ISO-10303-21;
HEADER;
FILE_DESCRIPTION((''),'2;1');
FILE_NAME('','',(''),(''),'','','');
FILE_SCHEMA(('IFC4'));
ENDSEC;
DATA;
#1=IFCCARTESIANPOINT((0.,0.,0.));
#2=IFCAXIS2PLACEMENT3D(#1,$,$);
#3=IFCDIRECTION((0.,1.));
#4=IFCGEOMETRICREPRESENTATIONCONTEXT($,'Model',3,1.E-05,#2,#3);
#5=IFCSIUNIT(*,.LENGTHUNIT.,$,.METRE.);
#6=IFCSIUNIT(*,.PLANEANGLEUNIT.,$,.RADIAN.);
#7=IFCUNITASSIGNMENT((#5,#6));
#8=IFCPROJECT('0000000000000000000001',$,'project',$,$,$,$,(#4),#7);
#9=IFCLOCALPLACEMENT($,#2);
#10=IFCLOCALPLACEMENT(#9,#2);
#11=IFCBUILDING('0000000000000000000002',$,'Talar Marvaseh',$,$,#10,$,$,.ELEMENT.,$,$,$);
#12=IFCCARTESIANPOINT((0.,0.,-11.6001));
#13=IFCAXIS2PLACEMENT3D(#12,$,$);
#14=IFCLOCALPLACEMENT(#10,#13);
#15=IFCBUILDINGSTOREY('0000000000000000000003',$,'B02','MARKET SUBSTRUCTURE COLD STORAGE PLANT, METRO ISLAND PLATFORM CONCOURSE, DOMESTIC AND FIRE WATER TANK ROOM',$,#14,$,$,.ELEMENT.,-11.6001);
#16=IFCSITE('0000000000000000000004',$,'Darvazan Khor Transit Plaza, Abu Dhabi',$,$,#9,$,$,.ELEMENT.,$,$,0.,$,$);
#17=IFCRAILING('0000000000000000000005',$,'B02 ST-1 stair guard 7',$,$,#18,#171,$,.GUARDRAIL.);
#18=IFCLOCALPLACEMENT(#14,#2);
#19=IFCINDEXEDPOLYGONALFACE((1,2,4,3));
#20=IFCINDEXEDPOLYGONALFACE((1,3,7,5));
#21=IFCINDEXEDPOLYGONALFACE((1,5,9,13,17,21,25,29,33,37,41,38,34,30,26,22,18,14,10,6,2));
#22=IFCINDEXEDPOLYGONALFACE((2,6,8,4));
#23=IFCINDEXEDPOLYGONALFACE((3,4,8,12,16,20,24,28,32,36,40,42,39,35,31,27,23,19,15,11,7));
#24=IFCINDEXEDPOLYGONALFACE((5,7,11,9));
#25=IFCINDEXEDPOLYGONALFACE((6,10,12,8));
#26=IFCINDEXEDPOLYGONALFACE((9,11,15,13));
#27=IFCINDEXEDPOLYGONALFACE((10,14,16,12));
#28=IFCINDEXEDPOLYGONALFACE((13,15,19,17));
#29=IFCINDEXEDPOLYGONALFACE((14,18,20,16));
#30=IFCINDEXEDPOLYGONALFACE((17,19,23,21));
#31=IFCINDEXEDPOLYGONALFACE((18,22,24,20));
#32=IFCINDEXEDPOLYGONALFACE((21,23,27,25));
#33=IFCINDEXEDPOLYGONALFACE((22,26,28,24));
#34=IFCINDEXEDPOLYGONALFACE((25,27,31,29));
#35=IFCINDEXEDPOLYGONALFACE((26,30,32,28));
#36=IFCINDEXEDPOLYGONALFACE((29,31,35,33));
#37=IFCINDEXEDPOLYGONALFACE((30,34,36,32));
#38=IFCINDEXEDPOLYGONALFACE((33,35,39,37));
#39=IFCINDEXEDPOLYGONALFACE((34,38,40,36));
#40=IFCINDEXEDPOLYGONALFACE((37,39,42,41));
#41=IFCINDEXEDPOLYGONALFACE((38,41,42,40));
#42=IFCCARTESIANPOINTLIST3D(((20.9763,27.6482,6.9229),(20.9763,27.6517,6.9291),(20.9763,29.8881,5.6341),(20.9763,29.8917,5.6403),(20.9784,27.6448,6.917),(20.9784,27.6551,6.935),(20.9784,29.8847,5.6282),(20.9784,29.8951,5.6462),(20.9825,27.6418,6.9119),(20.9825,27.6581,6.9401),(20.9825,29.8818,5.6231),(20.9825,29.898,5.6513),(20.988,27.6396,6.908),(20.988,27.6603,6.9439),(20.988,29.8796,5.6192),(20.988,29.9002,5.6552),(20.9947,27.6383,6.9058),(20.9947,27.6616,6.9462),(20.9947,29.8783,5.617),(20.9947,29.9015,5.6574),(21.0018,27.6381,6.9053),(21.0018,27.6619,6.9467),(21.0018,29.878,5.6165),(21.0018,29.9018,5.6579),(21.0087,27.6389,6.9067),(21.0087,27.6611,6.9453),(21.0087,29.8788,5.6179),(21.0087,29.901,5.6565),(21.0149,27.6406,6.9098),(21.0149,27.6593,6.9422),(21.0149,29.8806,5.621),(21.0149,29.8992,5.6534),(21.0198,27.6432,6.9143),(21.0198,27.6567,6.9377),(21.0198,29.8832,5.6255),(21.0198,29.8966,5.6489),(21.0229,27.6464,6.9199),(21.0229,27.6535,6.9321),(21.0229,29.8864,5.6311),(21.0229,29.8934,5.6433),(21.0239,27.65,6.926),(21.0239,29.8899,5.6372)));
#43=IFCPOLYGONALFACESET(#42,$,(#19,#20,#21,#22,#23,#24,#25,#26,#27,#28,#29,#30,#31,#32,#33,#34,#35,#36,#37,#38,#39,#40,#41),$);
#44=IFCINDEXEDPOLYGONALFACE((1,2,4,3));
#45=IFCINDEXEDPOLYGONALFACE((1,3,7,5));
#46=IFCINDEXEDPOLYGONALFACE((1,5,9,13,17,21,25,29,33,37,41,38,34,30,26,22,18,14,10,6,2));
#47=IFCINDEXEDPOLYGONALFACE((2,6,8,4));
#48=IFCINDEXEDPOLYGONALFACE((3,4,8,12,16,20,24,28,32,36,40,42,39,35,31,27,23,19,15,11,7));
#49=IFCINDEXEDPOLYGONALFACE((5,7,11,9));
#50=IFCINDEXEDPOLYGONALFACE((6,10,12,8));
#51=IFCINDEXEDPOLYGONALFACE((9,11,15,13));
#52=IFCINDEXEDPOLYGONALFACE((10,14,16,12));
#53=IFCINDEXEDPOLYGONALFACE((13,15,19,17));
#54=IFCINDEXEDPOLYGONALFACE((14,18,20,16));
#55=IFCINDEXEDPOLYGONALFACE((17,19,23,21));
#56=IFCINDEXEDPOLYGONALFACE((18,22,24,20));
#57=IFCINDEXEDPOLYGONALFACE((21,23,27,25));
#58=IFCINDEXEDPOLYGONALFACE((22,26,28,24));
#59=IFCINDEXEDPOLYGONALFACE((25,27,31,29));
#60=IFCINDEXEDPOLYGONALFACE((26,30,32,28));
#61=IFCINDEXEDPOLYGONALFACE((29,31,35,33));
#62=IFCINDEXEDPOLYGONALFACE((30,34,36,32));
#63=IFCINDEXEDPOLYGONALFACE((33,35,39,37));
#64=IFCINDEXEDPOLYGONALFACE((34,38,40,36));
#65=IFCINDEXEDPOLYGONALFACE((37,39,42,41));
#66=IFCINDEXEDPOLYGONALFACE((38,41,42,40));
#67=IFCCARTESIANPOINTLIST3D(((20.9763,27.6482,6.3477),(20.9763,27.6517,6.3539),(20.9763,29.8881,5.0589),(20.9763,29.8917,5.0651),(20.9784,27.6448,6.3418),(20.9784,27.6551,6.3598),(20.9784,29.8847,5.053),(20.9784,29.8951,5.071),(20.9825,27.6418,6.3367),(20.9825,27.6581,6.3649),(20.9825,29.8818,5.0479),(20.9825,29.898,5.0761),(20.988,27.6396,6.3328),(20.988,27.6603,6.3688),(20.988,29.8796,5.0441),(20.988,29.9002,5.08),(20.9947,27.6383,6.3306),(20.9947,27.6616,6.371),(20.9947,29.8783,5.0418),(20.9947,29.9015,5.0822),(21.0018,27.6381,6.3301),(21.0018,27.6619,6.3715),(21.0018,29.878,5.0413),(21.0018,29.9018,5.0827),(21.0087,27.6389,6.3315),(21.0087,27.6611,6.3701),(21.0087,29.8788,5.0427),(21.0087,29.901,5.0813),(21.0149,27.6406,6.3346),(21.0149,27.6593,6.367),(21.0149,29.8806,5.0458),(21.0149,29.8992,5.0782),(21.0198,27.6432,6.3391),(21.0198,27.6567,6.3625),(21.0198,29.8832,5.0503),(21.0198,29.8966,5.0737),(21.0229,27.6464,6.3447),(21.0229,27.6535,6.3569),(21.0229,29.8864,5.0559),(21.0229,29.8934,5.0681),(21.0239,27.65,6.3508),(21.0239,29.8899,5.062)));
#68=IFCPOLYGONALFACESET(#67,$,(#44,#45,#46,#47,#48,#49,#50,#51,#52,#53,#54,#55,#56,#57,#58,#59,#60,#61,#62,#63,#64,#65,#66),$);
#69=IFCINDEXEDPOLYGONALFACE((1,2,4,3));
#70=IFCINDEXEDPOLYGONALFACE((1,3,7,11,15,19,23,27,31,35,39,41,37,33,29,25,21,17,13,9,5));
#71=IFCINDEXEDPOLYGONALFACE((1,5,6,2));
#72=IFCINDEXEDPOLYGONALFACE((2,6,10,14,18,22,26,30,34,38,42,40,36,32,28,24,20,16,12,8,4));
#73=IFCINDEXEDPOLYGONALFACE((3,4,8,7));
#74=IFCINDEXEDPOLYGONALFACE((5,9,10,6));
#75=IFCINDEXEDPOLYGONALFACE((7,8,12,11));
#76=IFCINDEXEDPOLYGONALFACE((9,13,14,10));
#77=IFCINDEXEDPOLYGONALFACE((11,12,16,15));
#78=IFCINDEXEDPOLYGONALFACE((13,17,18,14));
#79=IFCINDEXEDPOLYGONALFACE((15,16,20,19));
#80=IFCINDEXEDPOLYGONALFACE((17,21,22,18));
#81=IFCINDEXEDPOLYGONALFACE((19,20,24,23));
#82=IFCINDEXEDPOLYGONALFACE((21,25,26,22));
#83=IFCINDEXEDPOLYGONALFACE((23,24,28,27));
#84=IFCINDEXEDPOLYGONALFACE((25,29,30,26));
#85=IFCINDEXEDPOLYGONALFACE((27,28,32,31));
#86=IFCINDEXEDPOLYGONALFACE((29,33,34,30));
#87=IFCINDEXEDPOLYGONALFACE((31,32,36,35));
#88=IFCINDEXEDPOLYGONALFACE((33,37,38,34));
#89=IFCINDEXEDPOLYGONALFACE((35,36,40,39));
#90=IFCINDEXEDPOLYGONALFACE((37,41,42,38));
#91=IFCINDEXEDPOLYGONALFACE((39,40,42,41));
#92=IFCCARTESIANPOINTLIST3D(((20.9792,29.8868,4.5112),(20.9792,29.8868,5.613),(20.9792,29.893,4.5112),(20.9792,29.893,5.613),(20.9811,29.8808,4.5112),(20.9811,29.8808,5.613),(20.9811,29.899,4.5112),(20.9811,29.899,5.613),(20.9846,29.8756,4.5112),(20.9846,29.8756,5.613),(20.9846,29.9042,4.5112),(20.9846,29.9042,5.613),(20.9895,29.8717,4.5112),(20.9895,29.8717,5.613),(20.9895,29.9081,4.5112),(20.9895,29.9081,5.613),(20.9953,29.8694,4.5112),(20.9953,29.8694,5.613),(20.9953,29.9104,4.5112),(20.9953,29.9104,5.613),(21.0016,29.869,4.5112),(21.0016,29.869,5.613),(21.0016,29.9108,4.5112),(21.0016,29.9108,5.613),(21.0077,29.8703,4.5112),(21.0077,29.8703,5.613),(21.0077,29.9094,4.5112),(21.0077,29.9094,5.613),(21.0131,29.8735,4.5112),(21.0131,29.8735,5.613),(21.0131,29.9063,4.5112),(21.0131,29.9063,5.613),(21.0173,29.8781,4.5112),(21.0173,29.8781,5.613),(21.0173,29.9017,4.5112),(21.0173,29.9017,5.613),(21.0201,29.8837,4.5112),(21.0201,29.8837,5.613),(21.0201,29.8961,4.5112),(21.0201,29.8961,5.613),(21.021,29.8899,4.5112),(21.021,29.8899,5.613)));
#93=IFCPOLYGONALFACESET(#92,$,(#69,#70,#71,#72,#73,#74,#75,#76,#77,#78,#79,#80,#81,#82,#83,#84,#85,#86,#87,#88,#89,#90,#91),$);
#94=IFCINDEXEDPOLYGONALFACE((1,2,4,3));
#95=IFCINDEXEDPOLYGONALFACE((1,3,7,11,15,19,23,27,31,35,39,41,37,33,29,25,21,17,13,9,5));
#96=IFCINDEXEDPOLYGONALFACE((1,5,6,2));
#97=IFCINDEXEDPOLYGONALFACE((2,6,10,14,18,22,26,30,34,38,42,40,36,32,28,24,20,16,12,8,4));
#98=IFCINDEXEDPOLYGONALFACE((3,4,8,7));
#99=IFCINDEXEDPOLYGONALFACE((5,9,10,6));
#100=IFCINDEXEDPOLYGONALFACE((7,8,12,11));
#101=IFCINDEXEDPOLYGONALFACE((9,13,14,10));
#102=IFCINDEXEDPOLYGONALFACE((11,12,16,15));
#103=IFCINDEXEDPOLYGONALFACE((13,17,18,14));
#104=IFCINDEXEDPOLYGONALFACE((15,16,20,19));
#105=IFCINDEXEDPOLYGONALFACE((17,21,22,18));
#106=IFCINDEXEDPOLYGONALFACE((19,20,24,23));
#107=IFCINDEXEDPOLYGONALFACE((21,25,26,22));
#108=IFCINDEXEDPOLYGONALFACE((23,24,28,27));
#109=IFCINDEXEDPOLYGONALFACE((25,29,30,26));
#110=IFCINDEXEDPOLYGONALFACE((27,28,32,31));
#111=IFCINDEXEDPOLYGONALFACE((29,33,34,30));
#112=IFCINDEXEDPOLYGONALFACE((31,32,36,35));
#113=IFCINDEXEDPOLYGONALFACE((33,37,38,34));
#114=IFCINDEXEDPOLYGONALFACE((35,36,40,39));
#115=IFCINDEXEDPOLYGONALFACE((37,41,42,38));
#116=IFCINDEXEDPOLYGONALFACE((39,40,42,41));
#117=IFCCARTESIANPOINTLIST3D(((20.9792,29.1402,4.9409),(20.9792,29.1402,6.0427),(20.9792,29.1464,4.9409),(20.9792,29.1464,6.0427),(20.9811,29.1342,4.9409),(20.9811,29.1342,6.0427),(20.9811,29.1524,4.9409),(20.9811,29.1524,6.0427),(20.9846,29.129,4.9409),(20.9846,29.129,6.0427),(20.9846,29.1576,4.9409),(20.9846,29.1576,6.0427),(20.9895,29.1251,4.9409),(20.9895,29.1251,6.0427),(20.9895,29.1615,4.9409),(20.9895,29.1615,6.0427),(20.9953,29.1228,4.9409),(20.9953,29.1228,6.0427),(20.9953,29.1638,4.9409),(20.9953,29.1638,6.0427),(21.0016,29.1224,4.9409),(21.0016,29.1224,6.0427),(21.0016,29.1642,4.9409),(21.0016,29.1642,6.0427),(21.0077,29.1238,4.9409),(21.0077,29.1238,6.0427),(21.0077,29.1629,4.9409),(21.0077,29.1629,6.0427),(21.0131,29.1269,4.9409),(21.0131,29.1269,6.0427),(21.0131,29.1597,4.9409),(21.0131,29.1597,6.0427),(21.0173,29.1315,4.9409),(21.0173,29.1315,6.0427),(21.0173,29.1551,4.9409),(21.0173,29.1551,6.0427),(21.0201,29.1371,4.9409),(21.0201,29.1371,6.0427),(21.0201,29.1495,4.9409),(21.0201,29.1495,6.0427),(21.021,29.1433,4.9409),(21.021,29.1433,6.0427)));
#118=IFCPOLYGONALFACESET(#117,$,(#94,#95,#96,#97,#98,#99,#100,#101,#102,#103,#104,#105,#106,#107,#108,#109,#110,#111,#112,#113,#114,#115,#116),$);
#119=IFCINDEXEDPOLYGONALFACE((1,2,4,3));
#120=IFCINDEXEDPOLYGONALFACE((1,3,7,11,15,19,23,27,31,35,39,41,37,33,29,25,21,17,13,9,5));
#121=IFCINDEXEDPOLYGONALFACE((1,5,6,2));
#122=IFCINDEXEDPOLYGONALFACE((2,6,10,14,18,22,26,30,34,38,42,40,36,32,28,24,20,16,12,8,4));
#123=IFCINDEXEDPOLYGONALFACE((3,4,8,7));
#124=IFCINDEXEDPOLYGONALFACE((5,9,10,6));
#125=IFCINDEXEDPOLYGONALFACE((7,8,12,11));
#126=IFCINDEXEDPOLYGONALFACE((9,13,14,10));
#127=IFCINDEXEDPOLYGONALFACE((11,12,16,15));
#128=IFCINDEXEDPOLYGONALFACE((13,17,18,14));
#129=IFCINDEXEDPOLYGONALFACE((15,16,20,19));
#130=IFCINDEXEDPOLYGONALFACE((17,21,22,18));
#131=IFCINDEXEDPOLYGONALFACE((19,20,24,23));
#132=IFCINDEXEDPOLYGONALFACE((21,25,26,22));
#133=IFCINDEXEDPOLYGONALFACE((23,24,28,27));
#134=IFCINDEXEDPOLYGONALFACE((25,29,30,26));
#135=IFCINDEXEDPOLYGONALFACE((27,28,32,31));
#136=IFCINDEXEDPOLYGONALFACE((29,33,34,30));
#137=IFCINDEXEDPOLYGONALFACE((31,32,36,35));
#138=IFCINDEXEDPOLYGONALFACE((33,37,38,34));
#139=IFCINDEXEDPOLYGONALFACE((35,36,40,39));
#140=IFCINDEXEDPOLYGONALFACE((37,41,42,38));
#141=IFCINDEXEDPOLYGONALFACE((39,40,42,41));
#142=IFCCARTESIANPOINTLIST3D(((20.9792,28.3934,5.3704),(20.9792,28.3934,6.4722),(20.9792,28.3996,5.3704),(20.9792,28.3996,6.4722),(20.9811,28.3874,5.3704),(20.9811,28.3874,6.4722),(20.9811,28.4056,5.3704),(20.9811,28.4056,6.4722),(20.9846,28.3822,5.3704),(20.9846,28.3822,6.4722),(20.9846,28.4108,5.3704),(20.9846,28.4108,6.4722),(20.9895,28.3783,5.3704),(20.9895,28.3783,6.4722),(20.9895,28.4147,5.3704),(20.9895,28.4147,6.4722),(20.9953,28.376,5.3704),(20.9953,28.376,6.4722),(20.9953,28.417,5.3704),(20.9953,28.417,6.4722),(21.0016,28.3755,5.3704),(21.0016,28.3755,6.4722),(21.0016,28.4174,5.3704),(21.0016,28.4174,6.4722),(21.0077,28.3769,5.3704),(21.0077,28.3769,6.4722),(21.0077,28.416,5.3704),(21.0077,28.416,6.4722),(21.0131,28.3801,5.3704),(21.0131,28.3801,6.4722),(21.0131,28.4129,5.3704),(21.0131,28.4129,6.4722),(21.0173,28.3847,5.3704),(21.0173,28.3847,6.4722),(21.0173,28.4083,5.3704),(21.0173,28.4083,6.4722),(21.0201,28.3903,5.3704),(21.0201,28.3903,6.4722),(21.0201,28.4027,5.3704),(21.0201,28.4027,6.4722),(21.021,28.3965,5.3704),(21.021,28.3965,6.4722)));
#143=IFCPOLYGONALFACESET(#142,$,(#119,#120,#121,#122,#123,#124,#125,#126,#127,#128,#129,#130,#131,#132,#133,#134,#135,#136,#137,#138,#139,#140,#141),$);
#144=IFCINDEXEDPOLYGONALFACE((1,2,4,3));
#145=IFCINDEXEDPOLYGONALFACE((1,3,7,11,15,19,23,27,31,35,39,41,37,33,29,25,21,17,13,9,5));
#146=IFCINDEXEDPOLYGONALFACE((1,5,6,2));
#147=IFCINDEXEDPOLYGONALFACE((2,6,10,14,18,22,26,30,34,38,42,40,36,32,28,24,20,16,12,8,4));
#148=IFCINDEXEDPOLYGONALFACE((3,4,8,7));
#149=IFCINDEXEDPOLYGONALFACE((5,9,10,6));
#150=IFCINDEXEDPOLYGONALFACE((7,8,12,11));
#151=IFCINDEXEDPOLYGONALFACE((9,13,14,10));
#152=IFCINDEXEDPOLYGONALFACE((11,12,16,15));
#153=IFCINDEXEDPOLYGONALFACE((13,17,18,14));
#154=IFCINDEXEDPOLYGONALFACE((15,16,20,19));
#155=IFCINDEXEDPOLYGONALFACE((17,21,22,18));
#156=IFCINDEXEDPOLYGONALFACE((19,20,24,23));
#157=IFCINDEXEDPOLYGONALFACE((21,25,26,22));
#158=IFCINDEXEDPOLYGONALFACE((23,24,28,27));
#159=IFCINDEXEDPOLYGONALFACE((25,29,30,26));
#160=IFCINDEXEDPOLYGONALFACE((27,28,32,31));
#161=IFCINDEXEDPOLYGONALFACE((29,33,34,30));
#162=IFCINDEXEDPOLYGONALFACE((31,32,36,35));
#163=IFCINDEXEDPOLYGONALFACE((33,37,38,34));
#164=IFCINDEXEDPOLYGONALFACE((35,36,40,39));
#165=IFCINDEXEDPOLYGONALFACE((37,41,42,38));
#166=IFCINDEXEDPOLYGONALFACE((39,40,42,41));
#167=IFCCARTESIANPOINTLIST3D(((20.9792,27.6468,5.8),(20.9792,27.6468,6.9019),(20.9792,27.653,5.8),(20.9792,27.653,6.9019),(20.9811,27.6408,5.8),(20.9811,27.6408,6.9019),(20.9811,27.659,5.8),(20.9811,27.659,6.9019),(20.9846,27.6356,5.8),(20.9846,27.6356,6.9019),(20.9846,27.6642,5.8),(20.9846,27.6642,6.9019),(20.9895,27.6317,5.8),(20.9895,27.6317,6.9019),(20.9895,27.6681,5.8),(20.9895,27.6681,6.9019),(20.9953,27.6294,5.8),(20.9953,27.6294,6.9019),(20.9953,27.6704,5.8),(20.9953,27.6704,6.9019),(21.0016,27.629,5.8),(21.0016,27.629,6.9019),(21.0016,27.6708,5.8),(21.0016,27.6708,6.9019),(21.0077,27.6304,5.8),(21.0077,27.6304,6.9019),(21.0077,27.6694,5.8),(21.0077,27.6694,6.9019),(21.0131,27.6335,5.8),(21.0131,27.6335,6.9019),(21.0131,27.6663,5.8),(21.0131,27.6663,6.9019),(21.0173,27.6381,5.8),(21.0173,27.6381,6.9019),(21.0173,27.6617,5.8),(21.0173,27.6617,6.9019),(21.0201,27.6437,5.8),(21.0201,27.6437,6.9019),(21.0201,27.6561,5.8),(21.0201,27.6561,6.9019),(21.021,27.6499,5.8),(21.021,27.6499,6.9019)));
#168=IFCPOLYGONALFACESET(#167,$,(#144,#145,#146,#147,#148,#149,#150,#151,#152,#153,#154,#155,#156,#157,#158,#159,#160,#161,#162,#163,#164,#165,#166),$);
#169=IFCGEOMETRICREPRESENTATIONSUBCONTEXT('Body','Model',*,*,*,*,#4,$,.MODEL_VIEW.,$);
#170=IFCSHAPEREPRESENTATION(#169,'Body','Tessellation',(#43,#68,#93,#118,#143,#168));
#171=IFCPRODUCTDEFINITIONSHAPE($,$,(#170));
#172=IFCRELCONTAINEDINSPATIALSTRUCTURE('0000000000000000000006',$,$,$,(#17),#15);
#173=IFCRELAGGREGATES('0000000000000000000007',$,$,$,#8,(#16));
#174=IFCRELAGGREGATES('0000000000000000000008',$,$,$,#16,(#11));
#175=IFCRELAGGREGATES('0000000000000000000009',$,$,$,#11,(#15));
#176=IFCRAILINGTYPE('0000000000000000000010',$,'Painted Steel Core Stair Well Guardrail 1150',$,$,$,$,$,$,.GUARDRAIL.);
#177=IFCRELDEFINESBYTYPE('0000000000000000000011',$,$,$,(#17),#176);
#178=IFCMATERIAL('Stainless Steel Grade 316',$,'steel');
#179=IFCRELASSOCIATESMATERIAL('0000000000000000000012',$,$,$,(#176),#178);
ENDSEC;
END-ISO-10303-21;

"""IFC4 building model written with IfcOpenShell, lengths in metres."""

from ifc_helpers import new_model, si_unit, direction, frame, origin, origin_2d, place, context, subcontext, project, spatial, circle, extrude, material, type_object, element, save


model = new_model("IFC4")

# Units and contexts
model_context = context("Model", 3, precision=1e-05, world=origin(), true_north=direction((0.0, 1.0)))
body_context = subcontext(model_context, "Body", "Model", "MODEL_VIEW")
ifc_project = project(units=[si_unit("LENGTHUNIT", "METRE"), si_unit("PLANEANGLEUNIT", "RADIAN")], contexts=[model_context])

# Site, building, storey
site_placement = place(None, origin())
site = spatial("IfcSite", under=ifc_project, at=site_placement, Name="Darvazan Khor Transit Plaza, Abu Dhabi", CompositionType="ELEMENT", RefElevation=0.0)
building_placement = place(site_placement, origin())
building = spatial("IfcBuilding", under=site, at=building_placement, Name="Talar Marvaseh", CompositionType="ELEMENT")
storey_placement = place(building_placement, frame((0.0, 0.0, -11.6001)))
storey = spatial("IfcBuildingStorey", under=building, at=storey_placement, Name="B02", Description="MARKET SUBSTRUCTURE COLD STORAGE PLANT, METRO ISLAND PLATFORM CONCOURSE, DOMESTIC AND FIRE WATER TANK ROOM", CompositionType="ELEMENT", Elevation=-11.6001)

# Railing
ifc_material_1 = material(Name="Stainless Steel Grade 316", Category="steel")
railing_type_1 = type_object("IfcRailingType", Name="Painted Steel Core Stair Well Guardrail 1150", PredefinedType="GUARDRAIL", material=ifc_material_1)
railing_1_placement = place(storey_placement, frame((21.0, 29.8899, 4.5112)))
element("IfcRailing", 1, at=railing_1_placement, inside=storey, type_object=railing_type_1, Name="B02 ST-1 stair guard 7", PredefinedType="GUARDRAIL", context=body_context, shape_type="SweptSolid", body=[
    extrude(circle(Radius=0.0239, at=origin_2d()), frame((0.0, 0.0, 1.126), z_axis=(0.0, -0.866768, 0.498711), x_axis=(1.0, 0.0, 0.0)), (0.0, 0.0, 1.0), 2.5842),
    extrude(circle(Radius=0.0239, at=origin_2d()), frame((0.0, 0.0, 0.5508), z_axis=(0.0, -0.866768, 0.498711), x_axis=(1.0, 0.0, 0.0)), (0.0, 0.0, 1.0), 2.5842),
    extrude(circle(Radius=0.021, at=origin_2d()), origin(), (0.0, 0.0, 1.0), 1.1018),
    extrude(circle(Radius=0.021, at=origin_2d()), frame((0.0, -0.7466, 0.4297)), (0.0, 0.0, 1.0), 1.1018),
    extrude(circle(Radius=0.021, at=origin_2d()), frame((0.0, -1.4934, 0.8591)), (0.0, 0.0, 1.0), 1.1018),
    extrude(circle(Radius=0.021, at=origin_2d()), frame((0.0, -2.24, 1.2888)), (0.0, 0.0, 1.0), 1.1018),
])

save(model, "model.ifc")
